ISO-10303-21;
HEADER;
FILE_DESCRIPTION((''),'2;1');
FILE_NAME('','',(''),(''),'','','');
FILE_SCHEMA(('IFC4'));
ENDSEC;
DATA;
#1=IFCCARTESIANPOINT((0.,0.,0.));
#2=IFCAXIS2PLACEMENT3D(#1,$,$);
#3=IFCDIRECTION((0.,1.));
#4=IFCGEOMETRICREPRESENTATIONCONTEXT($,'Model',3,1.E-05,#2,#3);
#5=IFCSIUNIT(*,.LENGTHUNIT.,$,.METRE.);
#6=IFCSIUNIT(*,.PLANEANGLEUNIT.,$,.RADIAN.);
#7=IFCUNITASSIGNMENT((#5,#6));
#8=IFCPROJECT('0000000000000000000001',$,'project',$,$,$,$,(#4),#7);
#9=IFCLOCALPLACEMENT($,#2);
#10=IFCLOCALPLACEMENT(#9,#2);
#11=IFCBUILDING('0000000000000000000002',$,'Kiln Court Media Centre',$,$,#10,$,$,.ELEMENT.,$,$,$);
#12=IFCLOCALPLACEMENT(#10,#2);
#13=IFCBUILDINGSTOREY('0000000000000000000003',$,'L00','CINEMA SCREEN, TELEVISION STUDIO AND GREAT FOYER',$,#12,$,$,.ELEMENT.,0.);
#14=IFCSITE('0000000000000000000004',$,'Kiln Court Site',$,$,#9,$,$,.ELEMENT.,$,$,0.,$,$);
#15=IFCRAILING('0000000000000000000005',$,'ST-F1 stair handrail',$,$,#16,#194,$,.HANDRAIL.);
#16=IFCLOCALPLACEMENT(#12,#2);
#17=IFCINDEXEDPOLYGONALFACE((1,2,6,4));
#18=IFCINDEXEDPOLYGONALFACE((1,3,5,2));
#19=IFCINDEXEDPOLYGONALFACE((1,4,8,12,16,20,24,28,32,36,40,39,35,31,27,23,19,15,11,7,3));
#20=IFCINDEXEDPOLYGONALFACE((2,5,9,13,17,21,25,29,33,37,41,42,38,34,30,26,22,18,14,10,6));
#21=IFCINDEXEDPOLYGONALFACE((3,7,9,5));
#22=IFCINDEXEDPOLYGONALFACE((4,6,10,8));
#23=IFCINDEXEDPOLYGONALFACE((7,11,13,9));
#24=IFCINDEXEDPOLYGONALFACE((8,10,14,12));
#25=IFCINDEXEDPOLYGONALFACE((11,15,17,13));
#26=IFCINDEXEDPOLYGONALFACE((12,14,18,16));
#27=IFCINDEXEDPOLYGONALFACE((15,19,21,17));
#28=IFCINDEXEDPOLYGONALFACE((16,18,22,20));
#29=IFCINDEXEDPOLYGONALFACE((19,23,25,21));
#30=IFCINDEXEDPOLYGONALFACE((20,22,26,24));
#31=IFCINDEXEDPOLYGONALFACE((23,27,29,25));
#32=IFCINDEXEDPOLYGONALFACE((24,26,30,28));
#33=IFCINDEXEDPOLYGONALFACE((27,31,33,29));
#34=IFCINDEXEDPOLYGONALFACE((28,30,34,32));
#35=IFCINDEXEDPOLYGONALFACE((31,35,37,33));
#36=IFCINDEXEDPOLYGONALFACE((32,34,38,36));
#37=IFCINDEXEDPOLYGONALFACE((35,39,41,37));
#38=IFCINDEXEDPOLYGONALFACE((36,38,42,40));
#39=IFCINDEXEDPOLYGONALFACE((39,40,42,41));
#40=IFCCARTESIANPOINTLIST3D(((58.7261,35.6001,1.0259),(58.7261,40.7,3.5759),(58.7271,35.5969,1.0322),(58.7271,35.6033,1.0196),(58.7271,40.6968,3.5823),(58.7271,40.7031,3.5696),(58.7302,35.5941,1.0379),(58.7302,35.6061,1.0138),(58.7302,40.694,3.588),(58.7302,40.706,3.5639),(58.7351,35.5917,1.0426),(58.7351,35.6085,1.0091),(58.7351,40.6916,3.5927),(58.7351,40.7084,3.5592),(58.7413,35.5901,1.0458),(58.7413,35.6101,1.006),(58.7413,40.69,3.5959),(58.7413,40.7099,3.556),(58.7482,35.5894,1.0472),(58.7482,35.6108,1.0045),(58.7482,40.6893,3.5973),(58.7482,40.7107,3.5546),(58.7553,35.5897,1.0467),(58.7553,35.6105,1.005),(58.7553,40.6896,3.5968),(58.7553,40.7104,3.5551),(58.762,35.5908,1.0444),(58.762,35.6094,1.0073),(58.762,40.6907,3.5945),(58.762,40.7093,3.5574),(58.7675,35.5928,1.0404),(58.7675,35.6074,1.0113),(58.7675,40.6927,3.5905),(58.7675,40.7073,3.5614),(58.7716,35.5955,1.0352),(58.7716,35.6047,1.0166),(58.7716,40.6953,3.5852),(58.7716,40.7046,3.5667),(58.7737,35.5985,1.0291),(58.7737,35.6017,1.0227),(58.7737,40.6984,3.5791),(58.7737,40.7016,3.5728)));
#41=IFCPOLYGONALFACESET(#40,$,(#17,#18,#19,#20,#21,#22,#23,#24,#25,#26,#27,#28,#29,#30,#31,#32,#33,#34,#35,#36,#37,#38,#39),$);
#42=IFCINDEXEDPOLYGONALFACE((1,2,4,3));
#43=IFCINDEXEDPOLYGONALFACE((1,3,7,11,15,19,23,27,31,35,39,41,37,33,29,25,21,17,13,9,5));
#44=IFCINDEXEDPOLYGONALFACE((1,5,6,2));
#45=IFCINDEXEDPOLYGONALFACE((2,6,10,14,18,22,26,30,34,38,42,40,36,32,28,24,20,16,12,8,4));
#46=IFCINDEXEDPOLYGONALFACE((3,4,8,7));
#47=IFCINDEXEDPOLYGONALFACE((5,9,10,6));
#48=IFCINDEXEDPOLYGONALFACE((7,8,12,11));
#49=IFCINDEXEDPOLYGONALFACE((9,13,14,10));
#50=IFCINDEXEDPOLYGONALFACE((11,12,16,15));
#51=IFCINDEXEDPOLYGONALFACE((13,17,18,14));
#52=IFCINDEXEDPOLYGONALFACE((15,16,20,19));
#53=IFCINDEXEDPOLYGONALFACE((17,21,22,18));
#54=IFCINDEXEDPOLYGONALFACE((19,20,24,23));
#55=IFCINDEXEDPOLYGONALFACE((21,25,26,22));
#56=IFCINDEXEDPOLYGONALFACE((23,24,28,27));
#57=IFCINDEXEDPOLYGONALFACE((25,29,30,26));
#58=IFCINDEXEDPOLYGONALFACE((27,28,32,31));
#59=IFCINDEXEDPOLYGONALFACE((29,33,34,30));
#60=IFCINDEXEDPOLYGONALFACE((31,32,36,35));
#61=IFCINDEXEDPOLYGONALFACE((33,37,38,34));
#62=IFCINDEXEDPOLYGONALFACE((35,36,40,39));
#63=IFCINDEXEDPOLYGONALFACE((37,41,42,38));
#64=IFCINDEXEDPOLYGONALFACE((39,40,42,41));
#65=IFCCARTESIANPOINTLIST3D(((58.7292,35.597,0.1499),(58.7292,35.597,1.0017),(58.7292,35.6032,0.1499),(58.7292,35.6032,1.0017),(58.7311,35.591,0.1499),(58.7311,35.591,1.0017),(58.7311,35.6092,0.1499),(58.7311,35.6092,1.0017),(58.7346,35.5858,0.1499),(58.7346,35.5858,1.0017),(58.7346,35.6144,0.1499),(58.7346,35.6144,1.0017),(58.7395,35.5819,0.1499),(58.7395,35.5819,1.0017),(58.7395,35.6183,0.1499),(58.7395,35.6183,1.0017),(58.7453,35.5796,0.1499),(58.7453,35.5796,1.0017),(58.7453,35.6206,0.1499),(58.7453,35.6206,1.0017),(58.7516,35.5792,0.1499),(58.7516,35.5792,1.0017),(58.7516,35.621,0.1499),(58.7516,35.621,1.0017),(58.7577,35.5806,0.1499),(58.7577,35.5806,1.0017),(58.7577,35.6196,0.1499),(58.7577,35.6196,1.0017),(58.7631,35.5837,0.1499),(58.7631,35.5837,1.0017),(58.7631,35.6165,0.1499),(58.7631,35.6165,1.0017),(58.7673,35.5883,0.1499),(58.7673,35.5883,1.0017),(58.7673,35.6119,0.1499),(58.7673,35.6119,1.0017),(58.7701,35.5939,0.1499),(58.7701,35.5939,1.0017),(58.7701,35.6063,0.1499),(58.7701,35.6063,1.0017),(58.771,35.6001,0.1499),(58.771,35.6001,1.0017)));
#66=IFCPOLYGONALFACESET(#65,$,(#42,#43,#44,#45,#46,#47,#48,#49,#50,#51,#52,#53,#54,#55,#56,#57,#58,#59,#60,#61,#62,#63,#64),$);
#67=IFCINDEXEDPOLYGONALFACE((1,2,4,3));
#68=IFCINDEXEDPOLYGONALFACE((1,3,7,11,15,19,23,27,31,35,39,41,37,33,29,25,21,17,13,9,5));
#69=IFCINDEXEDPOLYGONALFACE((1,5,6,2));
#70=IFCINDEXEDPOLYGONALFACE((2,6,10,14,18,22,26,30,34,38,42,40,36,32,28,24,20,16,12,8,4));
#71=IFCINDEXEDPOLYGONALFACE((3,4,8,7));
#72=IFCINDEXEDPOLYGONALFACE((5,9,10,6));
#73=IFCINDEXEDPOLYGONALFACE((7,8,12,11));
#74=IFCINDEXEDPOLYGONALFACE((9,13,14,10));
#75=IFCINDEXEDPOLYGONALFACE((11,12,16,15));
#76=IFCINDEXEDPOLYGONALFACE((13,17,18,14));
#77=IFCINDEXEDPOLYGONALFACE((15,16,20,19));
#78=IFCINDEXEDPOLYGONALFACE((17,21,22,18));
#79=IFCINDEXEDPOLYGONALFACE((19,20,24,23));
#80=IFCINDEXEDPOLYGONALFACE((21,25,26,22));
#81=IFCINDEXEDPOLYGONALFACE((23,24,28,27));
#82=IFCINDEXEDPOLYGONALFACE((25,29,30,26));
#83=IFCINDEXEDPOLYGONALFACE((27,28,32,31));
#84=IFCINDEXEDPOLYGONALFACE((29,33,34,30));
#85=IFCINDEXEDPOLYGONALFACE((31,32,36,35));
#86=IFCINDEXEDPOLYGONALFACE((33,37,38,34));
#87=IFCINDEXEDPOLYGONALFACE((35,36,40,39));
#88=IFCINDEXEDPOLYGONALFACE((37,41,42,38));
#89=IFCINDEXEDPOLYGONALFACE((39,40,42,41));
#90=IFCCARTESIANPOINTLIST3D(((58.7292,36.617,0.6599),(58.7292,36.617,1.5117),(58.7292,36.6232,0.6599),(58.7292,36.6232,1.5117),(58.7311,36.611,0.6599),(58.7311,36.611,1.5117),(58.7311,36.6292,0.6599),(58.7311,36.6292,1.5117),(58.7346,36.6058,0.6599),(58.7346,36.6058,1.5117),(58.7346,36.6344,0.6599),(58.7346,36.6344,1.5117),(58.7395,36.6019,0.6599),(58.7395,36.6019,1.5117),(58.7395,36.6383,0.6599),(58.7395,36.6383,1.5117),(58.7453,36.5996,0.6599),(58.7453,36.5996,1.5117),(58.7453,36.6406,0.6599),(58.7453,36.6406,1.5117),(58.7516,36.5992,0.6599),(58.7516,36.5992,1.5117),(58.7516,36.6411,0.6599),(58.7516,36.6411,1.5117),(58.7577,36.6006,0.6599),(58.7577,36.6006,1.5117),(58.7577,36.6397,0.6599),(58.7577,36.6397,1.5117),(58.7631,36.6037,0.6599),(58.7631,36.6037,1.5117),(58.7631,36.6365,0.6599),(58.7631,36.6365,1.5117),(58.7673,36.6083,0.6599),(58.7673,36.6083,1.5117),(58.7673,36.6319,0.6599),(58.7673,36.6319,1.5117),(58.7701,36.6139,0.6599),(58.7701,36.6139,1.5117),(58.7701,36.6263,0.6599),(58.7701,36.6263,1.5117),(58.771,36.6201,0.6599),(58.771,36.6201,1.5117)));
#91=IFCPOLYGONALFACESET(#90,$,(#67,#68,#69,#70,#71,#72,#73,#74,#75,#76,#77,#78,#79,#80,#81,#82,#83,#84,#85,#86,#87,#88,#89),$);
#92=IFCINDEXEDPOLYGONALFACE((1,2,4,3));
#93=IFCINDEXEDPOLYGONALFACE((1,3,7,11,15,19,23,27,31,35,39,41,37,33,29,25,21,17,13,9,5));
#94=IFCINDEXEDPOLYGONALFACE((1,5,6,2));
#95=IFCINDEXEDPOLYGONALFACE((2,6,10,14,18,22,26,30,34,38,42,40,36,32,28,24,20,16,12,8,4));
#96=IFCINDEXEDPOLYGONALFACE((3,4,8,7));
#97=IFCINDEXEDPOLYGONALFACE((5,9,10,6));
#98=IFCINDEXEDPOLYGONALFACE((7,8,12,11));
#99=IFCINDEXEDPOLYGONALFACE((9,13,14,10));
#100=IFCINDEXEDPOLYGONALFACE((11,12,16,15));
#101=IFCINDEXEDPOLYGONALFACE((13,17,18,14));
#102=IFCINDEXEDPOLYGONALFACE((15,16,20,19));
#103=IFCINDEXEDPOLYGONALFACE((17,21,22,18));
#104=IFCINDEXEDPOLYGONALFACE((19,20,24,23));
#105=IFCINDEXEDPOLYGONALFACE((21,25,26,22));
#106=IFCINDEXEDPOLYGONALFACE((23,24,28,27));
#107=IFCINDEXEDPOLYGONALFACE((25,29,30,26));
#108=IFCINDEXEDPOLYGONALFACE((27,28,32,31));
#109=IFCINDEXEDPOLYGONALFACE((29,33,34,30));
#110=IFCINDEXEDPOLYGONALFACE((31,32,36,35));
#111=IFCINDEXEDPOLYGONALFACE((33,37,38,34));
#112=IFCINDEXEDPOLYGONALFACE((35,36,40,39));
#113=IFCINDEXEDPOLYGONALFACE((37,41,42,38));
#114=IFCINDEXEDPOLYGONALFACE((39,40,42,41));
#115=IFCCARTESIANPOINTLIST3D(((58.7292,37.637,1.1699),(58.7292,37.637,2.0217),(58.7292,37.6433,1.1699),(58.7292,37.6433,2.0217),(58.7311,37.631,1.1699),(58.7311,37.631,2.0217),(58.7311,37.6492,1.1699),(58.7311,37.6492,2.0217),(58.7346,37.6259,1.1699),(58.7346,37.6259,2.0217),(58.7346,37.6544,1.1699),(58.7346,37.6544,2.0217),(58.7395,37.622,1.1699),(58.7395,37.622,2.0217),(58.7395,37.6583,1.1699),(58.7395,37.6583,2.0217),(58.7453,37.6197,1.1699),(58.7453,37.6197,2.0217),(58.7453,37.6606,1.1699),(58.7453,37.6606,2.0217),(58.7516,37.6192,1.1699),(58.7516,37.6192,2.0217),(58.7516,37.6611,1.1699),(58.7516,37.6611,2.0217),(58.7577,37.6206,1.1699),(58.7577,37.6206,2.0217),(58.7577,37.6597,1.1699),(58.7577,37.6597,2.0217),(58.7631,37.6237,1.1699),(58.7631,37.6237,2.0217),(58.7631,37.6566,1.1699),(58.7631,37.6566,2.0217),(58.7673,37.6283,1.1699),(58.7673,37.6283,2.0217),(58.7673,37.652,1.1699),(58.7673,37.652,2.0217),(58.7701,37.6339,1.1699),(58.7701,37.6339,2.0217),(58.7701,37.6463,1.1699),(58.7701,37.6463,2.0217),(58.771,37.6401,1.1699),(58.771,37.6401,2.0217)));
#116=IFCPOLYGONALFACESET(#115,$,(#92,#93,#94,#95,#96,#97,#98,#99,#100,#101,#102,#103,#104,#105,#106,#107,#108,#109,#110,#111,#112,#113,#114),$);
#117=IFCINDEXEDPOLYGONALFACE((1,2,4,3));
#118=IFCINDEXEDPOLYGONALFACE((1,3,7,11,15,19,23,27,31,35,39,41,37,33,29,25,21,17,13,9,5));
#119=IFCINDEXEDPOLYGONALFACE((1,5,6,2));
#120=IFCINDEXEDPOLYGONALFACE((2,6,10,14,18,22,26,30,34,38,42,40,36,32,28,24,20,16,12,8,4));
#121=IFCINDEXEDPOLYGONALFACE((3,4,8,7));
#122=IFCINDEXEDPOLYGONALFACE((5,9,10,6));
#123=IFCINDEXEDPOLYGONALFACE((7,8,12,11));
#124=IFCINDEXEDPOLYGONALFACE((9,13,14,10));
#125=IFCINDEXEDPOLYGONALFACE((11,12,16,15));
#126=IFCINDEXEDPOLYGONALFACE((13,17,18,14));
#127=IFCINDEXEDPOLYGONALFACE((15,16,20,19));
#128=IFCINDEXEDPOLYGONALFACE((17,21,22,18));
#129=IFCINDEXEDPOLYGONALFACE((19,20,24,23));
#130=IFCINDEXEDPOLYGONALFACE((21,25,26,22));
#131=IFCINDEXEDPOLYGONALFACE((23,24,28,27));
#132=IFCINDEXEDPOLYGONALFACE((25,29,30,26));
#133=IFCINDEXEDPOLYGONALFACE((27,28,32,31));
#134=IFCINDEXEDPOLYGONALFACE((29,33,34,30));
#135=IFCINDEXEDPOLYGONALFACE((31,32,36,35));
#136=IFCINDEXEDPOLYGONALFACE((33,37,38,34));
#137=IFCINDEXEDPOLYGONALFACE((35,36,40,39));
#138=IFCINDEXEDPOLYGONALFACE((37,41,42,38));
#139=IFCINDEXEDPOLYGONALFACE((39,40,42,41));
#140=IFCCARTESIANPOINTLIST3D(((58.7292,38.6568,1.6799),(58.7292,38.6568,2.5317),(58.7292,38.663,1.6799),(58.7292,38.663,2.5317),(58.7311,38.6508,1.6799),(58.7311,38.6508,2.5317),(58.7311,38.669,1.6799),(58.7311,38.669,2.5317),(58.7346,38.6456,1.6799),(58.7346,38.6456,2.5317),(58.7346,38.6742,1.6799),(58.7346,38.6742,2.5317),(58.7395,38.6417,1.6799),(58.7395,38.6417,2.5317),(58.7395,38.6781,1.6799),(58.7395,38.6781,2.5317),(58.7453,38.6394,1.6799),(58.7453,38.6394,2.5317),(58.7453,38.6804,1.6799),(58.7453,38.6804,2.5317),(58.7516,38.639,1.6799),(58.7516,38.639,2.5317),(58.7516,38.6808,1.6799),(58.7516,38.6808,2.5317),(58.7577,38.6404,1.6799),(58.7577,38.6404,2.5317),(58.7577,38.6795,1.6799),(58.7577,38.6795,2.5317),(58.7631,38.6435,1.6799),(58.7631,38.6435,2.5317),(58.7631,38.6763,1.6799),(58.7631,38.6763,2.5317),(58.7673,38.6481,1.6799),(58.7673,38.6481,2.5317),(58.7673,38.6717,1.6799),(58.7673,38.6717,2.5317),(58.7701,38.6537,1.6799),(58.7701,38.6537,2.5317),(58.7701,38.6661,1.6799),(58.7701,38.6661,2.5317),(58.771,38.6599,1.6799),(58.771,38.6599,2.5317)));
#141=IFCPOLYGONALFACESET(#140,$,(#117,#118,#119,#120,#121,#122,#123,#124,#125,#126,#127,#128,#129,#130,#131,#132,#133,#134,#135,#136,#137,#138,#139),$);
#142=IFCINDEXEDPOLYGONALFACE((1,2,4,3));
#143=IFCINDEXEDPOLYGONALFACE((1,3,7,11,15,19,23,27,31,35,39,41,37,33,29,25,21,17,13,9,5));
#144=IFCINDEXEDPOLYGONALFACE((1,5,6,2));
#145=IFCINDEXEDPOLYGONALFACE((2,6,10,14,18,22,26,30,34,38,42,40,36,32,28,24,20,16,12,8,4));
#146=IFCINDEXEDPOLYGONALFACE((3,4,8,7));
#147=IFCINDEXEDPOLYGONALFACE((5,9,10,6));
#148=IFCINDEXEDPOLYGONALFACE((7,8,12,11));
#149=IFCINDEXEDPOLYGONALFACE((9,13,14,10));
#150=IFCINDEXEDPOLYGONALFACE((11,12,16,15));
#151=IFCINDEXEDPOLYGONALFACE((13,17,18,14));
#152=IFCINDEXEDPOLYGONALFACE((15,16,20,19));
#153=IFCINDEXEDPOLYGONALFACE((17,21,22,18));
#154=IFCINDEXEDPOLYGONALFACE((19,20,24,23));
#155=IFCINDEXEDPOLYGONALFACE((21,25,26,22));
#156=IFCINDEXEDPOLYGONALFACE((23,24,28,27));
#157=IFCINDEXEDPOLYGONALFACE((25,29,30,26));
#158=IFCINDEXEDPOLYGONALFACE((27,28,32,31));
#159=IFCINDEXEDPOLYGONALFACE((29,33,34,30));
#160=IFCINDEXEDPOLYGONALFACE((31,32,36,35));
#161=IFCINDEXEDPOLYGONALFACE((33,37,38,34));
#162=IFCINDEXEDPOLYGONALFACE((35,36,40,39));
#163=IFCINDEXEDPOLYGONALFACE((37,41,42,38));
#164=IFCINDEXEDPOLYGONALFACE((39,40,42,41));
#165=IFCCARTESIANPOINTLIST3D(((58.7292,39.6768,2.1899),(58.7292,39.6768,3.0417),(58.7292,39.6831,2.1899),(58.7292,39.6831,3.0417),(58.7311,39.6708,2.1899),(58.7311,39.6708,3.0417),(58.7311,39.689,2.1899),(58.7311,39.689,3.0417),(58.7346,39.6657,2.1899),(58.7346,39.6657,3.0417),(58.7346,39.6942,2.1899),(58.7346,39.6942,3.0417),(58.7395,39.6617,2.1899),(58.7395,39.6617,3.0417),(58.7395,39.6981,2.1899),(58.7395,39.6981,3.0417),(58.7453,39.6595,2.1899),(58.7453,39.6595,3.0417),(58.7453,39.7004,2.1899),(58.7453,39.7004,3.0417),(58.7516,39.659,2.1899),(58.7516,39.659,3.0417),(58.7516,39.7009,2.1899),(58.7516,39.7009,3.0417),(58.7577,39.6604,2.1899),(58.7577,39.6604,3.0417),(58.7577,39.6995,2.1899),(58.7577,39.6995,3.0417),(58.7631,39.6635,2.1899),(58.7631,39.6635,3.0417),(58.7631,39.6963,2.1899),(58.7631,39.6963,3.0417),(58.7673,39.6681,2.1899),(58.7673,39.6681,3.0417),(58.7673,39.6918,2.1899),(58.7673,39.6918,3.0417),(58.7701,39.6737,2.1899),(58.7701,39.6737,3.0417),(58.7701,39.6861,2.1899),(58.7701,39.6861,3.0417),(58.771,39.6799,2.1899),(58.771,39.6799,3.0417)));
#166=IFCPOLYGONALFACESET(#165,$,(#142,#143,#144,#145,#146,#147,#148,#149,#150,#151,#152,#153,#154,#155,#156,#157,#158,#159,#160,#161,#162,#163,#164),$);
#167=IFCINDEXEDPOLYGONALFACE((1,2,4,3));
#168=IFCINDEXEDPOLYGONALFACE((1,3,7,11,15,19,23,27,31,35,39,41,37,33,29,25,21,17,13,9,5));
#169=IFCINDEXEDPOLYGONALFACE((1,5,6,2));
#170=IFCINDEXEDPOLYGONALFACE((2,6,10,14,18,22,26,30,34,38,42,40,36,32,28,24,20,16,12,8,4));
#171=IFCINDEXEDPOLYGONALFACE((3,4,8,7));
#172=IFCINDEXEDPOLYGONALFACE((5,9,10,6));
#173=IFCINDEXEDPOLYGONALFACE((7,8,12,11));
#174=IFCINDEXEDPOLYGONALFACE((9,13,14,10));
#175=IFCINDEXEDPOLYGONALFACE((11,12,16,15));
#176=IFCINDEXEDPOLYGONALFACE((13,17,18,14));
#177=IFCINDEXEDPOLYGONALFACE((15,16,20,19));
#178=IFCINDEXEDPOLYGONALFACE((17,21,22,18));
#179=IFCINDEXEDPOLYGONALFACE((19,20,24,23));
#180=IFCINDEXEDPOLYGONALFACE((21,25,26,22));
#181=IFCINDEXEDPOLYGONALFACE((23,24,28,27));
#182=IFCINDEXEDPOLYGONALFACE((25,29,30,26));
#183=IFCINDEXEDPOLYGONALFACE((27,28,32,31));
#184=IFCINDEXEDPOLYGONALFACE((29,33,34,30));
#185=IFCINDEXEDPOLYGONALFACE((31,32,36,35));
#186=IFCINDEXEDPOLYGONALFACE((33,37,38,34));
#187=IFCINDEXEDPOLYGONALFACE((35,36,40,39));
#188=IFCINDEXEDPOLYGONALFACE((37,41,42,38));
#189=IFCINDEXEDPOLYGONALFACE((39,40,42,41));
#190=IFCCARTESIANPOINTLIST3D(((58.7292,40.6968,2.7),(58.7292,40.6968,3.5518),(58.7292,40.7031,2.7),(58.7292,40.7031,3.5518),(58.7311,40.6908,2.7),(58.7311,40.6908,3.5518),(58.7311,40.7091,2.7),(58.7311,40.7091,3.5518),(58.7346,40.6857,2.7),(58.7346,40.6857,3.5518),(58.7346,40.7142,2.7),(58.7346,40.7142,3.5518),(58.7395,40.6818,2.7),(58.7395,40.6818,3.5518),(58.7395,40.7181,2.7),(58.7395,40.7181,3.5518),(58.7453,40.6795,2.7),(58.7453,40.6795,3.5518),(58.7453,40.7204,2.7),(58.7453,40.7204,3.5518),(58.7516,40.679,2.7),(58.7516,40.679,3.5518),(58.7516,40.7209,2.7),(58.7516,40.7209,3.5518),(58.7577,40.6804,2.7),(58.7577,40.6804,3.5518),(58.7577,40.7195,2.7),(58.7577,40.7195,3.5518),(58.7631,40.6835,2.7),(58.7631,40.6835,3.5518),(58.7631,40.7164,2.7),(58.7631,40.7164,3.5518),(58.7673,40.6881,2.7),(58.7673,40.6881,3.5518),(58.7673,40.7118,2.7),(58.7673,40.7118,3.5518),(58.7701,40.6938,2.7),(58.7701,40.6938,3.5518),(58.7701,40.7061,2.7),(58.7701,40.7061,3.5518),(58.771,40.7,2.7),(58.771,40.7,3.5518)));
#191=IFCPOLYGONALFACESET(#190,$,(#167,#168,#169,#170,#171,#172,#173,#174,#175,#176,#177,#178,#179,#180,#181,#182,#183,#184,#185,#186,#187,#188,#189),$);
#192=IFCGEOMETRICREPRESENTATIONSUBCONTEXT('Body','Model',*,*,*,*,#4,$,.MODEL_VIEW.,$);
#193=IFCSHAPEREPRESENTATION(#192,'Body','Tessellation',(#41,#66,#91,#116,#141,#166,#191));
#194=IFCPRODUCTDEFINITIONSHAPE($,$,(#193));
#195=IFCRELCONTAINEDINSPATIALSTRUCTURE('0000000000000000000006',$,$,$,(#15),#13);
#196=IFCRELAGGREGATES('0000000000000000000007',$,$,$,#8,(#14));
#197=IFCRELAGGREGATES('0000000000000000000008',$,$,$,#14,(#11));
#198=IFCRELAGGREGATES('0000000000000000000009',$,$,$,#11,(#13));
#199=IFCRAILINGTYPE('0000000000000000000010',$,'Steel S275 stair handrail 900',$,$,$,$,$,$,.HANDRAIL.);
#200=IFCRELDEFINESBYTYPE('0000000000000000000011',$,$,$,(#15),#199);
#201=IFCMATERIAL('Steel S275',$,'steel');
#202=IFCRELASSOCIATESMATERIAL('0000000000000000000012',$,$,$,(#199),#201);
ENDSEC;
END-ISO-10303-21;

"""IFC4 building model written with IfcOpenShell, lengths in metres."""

from ifc_helpers import new_model, si_unit, direction, frame, origin, origin_2d, place, context, subcontext, project, spatial, circle, extrude, material, type_object, element, save


model = new_model("IFC4")

# Units and contexts
model_context = context("Model", 3, precision=1e-05, world=origin(), true_north=direction((0.0, 1.0)))
body_context = subcontext(model_context, "Body", "Model", "MODEL_VIEW")
ifc_project = project(units=[si_unit("LENGTHUNIT", "METRE"), si_unit("PLANEANGLEUNIT", "RADIAN")], contexts=[model_context])

# Site, building, storey
site_placement = place(None, origin())
site = spatial("IfcSite", under=ifc_project, at=site_placement, Name="Kiln Court Site", CompositionType="ELEMENT", RefElevation=0.0)
building_placement = place(site_placement, origin())
building = spatial("IfcBuilding", under=site, at=building_placement, Name="Kiln Court Media Centre", CompositionType="ELEMENT")
storey_placement = place(building_placement, origin())
storey = spatial("IfcBuildingStorey", under=building, at=storey_placement, Name="L00", Description="CINEMA SCREEN, TELEVISION STUDIO AND GREAT FOYER", CompositionType="ELEMENT", Elevation=0.0)

# Railing
ifc_material_1 = material(Name="Steel S275", Category="steel")
railing_type_1 = type_object("IfcRailingType", Name="Steel S275 stair handrail 900", PredefinedType="HANDRAIL", material=ifc_material_1)
railing_1_placement = place(storey_placement, frame((58.75, 35.6001, 0.1499)))
element("IfcRailing", 1, at=railing_1_placement, inside=storey, type_object=railing_type_1, Name="ST-F1 stair handrail", PredefinedType="HANDRAIL", context=body_context, shape_type="SweptSolid", body=[
    extrude(circle(Radius=0.0239, at=origin_2d()), frame((0.0, 0.0, 0.876), z_axis=(0.0, 0.894419, 0.447231), x_axis=(-1.0, 0.0, 0.0)), (0.0, 0.0, 1.0), 5.7019),
    extrude(circle(Radius=0.021, at=origin_2d()), origin(), (0.0, 0.0, 1.0), 0.8518),
    extrude(circle(Radius=0.021, at=origin_2d()), frame((0.0, 1.02, 0.51)), (0.0, 0.0, 1.0), 0.8518),
    extrude(circle(Radius=0.021, at=origin_2d()), frame((0.0, 2.04, 1.02)), (0.0, 0.0, 1.0), 0.8518),
    extrude(circle(Radius=0.021, at=origin_2d()), frame((0.0, 3.0598, 1.53)), (0.0, 0.0, 1.0), 0.8518),
    extrude(circle(Radius=0.021, at=origin_2d()), frame((0.0, 4.0798, 2.04)), (0.0, 0.0, 1.0), 0.8518),
    extrude(circle(Radius=0.021, at=origin_2d()), frame((0.0, 5.0999, 2.55)), (0.0, 0.0, 1.0), 0.8518),
])

save(model, "model.ifc")
